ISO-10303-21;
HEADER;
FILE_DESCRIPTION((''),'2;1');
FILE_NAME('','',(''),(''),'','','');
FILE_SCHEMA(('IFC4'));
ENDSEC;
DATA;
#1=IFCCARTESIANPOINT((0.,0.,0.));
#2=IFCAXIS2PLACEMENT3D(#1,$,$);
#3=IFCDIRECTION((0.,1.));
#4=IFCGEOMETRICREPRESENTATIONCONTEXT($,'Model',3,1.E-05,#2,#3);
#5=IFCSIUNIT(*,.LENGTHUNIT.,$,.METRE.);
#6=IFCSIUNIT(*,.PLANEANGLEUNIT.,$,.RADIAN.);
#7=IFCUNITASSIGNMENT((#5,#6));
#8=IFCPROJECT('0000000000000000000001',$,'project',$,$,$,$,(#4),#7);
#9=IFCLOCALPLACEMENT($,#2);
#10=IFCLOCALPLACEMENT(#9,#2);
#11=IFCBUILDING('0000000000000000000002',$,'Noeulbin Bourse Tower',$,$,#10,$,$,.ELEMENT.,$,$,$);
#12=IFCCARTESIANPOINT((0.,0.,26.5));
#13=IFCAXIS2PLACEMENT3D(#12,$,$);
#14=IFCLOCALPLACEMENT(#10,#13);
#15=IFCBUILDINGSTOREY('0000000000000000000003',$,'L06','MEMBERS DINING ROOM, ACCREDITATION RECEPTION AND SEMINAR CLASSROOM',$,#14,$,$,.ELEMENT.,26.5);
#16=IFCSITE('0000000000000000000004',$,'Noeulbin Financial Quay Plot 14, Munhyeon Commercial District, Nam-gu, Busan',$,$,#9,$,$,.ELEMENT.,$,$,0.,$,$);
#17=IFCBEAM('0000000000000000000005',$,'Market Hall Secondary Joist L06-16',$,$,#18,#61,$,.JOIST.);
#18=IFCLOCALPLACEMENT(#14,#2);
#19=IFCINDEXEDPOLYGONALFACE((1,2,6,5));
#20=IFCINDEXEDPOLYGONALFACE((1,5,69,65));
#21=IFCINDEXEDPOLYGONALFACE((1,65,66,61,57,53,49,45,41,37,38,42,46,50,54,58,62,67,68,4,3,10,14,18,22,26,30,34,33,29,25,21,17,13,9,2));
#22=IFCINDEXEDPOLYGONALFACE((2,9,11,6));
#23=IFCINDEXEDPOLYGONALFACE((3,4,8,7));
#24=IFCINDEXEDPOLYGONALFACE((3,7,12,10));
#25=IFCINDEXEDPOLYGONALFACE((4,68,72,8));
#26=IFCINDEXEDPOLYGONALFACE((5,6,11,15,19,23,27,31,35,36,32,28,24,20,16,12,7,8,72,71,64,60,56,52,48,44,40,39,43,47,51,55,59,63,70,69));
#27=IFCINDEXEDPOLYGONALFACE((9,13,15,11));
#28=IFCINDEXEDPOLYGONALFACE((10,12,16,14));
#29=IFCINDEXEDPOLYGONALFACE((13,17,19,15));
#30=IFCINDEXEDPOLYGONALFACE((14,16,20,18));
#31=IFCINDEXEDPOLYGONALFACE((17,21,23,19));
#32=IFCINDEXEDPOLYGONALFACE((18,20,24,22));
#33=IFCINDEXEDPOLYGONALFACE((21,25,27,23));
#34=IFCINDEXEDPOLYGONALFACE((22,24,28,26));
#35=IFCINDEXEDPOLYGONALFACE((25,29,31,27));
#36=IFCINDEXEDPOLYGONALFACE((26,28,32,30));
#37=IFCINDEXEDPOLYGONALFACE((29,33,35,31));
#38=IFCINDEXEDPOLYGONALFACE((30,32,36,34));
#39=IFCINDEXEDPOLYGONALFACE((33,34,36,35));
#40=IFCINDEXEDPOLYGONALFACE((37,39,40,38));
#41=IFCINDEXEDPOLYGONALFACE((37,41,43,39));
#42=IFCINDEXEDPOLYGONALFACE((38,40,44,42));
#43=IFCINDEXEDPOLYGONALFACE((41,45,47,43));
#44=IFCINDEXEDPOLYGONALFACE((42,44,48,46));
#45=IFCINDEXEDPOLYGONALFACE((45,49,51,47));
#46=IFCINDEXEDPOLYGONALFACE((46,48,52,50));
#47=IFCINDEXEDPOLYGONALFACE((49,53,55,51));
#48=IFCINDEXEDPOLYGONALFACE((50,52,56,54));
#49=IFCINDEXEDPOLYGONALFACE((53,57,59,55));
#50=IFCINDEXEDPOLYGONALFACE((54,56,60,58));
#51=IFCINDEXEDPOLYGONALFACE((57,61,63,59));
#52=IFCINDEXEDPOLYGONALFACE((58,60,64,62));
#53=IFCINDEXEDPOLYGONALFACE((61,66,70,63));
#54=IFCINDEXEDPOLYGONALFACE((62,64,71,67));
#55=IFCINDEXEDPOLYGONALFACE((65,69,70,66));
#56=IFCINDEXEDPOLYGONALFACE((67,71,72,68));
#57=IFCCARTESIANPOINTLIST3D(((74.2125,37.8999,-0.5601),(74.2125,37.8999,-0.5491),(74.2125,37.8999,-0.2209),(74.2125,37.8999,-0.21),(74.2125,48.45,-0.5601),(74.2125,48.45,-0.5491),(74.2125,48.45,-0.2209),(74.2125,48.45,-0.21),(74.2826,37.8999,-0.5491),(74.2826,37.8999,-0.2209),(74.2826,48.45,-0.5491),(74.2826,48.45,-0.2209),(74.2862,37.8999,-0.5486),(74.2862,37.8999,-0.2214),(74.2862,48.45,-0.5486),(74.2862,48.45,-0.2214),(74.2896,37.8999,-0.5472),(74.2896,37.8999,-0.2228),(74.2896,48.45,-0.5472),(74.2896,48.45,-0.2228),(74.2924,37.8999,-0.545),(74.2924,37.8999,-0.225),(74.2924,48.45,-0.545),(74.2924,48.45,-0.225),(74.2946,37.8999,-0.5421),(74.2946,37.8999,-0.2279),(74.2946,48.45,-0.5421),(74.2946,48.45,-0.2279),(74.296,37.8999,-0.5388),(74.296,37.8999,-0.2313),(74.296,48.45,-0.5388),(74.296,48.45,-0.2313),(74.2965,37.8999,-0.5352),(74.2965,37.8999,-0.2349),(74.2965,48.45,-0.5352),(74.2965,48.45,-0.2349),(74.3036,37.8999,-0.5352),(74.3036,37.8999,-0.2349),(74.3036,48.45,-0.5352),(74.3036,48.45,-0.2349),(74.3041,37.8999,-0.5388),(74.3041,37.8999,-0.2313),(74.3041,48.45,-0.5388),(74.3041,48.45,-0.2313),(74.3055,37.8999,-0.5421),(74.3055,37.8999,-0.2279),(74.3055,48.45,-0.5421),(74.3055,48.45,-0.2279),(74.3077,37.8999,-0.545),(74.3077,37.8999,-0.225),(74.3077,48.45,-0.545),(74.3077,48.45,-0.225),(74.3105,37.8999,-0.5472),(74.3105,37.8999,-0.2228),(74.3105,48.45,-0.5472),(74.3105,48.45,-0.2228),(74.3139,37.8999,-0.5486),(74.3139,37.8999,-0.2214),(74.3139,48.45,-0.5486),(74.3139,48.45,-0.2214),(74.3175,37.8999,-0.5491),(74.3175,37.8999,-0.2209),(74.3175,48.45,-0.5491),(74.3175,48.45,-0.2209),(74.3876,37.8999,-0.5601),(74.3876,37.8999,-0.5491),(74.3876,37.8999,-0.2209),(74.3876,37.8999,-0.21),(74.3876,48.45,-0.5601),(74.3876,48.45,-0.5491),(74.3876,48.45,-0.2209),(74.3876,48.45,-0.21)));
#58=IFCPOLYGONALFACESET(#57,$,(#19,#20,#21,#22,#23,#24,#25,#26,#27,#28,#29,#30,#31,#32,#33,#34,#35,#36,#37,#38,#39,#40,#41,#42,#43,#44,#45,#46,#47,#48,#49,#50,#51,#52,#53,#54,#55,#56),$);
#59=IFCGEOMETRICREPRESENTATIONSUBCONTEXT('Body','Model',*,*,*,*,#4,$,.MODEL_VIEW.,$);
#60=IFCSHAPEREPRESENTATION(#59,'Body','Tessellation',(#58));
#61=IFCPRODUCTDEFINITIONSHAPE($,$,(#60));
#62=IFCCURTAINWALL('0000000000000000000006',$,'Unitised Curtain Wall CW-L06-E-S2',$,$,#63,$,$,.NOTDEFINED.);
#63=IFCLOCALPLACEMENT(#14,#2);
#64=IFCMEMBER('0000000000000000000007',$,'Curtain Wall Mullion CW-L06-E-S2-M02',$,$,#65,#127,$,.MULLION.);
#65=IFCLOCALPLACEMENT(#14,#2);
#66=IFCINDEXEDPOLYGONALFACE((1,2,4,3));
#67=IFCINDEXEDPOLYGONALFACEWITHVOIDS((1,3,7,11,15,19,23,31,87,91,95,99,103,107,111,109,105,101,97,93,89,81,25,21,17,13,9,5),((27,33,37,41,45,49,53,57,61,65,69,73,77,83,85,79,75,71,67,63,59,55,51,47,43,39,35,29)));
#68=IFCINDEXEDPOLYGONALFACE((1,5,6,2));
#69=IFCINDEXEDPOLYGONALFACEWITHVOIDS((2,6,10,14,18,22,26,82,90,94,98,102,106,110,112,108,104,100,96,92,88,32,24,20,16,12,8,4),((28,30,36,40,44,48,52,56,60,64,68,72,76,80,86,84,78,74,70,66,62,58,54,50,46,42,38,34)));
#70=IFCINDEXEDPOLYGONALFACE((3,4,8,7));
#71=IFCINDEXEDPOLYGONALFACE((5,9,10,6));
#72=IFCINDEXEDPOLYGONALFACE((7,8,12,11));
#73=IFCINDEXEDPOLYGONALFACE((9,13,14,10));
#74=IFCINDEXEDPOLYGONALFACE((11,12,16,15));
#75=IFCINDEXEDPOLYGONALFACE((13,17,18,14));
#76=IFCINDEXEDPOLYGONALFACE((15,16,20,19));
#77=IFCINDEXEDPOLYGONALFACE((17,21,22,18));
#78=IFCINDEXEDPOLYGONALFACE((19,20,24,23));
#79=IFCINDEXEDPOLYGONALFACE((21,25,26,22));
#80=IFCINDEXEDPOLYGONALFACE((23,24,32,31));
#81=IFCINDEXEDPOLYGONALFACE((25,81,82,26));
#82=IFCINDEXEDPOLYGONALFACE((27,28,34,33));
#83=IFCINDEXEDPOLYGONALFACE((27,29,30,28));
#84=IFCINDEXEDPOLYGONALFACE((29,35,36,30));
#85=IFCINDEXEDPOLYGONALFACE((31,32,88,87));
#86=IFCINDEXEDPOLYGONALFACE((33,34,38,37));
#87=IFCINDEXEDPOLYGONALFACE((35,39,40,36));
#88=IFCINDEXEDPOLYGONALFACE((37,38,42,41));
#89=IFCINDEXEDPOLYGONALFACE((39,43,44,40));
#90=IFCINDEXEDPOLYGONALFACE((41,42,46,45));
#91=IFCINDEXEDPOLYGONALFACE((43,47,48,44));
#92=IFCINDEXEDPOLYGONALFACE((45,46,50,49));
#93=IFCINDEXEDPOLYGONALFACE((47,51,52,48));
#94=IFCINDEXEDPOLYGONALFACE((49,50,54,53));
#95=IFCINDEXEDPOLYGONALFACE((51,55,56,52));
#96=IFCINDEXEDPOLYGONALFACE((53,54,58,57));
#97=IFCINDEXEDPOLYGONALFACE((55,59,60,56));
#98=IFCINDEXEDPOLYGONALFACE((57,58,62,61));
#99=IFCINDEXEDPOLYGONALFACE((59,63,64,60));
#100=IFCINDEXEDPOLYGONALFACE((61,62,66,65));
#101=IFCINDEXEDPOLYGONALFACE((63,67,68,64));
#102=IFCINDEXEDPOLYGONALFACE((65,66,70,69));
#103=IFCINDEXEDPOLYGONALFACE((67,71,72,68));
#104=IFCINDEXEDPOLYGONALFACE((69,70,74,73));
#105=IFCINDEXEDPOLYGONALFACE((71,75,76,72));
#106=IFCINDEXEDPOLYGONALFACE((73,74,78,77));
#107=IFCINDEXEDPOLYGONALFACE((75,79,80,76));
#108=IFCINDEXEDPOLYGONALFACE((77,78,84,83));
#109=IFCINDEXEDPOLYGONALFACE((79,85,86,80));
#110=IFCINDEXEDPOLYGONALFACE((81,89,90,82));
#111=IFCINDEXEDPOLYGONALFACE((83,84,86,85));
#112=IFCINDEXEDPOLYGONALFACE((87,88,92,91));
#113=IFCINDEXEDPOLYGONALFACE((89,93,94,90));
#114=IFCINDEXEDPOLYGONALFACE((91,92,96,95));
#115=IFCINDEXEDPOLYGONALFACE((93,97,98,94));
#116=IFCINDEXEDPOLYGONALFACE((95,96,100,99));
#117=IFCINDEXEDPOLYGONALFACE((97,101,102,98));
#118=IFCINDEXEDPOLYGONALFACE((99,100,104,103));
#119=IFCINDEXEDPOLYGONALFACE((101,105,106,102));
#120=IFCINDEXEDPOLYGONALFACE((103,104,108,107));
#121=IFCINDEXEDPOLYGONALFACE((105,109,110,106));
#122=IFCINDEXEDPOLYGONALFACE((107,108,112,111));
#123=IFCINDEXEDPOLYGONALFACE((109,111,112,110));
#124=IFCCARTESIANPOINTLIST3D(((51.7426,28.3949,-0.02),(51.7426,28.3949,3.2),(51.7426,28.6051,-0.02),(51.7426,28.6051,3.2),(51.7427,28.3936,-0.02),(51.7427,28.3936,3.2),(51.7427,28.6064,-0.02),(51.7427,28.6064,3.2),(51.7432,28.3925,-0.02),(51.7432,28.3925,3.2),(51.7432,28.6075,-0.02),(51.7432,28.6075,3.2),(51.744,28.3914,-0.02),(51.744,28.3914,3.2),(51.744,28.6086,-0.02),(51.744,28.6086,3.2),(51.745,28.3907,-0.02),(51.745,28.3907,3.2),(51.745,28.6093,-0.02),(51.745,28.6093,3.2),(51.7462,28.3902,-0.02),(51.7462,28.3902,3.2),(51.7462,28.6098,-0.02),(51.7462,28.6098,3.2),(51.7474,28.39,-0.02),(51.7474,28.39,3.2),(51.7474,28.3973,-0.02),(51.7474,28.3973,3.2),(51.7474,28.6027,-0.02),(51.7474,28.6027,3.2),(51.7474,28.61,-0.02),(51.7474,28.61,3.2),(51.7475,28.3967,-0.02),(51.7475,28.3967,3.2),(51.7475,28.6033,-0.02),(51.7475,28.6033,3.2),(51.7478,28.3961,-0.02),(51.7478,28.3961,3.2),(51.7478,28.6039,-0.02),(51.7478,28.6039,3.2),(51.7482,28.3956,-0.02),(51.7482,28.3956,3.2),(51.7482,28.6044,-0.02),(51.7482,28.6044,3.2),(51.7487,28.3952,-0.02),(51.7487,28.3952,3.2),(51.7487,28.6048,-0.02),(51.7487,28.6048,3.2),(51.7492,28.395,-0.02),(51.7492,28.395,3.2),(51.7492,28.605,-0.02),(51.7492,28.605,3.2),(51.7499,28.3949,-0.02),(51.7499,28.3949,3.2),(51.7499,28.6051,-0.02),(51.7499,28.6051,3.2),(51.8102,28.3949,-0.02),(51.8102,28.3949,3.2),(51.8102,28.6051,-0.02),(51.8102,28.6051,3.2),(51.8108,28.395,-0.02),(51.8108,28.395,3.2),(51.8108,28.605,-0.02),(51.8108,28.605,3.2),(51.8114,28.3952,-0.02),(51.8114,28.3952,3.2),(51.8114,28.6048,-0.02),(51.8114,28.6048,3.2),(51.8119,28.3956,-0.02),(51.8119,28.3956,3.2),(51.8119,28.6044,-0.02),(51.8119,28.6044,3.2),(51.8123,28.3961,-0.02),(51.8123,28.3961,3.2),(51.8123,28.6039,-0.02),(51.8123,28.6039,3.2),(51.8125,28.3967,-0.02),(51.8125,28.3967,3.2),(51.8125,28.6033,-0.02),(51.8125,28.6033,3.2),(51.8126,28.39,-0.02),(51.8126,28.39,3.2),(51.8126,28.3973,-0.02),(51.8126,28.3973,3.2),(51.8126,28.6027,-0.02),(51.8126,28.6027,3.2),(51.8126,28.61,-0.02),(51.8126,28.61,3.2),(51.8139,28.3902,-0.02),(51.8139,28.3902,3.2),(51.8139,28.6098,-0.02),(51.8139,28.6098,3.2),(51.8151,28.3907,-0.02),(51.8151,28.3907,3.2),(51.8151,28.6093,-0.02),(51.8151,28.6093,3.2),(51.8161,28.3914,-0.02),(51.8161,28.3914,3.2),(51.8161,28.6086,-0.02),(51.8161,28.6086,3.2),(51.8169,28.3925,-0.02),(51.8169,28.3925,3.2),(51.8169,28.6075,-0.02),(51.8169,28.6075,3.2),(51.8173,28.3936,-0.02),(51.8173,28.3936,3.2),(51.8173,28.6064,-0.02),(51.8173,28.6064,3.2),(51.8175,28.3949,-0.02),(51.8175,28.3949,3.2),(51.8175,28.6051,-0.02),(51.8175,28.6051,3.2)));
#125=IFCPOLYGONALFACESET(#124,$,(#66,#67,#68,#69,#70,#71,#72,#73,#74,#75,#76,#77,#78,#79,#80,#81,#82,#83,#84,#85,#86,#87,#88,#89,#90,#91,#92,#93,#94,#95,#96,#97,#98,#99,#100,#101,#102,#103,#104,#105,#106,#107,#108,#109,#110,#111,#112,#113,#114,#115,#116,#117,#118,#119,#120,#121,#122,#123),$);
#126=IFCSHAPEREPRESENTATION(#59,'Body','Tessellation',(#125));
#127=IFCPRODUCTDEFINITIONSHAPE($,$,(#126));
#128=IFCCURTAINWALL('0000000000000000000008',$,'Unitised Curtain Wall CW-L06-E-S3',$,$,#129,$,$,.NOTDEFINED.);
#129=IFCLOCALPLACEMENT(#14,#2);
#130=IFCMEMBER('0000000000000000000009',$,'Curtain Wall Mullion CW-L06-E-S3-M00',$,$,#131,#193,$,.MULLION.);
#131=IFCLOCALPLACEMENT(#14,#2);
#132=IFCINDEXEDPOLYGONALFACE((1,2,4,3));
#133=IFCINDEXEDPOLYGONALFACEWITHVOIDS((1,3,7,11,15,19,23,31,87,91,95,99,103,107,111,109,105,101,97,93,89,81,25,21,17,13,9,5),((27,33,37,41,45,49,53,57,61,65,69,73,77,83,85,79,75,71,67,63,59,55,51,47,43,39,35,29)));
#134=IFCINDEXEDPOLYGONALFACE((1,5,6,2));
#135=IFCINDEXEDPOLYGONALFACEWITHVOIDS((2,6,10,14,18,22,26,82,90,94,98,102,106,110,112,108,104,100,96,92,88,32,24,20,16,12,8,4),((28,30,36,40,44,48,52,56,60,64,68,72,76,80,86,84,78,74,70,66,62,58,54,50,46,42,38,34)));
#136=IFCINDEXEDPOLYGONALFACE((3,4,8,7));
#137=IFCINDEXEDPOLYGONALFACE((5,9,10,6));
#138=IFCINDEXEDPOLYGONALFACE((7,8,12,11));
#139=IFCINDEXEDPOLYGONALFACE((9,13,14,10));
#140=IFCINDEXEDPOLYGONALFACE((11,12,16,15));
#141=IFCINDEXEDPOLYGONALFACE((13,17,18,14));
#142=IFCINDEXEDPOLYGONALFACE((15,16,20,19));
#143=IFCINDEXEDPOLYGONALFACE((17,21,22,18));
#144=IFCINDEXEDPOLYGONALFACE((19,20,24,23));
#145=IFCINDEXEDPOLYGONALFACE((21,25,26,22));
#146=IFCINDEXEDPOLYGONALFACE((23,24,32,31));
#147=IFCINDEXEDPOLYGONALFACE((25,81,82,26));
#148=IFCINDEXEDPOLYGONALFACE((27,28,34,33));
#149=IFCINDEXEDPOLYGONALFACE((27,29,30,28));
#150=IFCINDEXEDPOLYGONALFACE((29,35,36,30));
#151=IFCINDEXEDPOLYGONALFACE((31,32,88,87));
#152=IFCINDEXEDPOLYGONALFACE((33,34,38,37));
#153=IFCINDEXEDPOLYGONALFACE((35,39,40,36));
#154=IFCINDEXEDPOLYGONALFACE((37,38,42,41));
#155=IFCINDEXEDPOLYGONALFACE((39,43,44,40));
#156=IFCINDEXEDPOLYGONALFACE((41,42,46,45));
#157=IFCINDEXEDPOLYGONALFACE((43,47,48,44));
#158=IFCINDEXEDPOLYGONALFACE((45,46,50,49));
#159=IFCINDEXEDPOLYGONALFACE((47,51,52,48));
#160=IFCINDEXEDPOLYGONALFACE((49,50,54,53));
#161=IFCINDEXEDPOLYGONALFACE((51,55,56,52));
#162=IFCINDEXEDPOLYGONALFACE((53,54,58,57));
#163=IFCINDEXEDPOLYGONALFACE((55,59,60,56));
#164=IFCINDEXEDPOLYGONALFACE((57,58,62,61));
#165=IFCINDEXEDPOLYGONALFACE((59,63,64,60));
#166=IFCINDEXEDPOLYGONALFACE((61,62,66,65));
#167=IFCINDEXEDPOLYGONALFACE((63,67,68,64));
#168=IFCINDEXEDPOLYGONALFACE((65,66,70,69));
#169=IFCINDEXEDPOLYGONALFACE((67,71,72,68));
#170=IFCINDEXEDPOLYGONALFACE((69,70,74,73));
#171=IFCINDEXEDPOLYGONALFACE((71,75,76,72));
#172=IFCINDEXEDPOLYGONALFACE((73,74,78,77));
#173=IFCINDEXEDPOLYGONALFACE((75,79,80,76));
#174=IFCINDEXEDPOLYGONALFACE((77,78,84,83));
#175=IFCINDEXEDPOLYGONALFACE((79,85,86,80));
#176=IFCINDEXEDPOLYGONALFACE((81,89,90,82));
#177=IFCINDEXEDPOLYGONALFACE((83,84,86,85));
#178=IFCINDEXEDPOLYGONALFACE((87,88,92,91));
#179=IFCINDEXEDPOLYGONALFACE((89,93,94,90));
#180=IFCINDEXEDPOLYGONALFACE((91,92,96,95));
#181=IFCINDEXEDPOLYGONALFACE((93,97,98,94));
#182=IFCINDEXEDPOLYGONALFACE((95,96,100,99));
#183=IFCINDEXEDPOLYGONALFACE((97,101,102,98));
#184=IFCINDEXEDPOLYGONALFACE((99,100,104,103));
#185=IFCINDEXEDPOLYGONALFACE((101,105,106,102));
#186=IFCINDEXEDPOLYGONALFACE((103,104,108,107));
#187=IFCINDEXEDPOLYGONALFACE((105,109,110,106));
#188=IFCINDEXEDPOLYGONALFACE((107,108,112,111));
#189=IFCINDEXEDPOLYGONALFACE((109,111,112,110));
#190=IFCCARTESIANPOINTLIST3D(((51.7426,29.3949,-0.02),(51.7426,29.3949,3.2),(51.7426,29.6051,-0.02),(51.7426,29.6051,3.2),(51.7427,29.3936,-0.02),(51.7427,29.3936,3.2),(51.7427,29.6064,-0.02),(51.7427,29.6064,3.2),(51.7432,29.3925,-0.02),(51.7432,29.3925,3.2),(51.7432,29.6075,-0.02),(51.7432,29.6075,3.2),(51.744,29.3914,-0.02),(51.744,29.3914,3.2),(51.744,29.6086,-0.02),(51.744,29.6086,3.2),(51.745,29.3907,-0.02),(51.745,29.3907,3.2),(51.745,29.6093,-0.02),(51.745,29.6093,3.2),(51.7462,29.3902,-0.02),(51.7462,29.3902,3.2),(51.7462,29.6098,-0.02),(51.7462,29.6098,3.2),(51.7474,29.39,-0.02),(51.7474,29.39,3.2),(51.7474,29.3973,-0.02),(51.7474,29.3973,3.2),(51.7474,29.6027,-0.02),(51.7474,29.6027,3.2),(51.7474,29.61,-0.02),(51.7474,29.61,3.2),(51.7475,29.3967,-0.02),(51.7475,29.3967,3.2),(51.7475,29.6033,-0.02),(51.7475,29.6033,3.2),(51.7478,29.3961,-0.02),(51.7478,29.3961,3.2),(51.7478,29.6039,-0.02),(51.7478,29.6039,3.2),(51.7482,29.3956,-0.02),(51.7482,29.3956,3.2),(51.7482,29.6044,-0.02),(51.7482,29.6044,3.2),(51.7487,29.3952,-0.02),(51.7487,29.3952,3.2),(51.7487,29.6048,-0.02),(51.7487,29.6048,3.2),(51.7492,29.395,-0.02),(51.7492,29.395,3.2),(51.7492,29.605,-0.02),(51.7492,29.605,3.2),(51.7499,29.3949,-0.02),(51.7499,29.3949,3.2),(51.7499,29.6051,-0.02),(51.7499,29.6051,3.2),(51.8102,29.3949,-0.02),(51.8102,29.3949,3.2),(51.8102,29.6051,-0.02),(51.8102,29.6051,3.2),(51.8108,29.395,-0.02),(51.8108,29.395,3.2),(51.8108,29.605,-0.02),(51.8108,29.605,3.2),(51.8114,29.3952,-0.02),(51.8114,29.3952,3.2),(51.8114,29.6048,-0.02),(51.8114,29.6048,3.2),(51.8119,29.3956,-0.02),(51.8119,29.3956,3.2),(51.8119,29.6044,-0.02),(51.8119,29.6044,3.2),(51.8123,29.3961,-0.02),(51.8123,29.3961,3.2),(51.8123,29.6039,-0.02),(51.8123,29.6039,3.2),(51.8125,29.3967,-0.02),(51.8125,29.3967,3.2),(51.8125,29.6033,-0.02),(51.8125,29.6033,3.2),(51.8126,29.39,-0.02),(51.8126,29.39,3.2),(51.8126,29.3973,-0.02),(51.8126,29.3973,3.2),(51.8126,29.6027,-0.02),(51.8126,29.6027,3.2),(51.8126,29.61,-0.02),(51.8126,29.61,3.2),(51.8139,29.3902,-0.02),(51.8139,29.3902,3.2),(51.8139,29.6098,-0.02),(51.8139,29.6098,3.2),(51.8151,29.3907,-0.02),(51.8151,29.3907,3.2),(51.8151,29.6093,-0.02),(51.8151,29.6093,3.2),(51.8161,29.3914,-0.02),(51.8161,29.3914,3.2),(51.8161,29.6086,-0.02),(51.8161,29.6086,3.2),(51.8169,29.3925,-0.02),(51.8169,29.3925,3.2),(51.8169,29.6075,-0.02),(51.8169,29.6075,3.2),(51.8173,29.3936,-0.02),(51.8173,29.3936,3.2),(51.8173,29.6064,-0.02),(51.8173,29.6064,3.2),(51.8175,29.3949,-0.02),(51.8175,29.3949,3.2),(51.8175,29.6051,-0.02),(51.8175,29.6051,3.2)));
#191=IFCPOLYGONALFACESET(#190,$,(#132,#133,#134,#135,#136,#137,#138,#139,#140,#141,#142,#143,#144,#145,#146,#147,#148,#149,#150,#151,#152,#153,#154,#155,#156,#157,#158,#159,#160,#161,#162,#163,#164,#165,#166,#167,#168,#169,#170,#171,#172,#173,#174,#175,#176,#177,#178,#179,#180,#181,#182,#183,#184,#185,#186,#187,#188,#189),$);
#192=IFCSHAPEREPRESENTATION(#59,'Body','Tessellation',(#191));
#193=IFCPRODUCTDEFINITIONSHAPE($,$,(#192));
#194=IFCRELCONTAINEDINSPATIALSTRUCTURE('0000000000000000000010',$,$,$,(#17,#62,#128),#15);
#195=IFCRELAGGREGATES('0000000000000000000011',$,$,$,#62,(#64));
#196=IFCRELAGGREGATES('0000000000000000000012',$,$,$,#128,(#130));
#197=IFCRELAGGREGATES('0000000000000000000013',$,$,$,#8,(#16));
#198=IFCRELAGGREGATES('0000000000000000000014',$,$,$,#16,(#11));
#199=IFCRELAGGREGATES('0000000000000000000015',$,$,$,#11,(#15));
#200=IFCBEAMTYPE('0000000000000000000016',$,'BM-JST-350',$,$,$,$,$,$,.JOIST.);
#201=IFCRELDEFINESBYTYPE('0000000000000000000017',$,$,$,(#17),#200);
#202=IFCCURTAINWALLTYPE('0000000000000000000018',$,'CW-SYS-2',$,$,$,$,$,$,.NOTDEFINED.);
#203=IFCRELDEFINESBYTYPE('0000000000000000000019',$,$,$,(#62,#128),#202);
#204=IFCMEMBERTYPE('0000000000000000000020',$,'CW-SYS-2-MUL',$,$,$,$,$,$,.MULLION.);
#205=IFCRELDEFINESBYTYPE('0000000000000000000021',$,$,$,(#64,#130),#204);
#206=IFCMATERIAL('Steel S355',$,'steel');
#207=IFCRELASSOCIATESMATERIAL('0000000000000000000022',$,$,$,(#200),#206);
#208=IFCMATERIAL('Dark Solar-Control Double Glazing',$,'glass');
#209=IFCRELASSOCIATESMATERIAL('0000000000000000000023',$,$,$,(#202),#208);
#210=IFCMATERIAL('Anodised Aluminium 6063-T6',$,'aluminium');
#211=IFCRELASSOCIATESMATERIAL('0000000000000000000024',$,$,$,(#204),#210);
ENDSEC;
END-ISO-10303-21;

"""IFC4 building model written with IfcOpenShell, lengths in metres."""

from ifc_helpers import new_model, si_unit, direction, frame, origin, origin_2d, place, context, subcontext, project, spatial, hollow_rectangle, i_section, extrude, material, material_profile, profile_set, type_object, element, aggregate, save


model = new_model("IFC4")

# Units and contexts
model_context = context("Model", 3, precision=1e-05, world=origin(), true_north=direction((0.0, 1.0)))
body_context = subcontext(model_context, "Body", "Model", "MODEL_VIEW")
ifc_project = project(units=[si_unit("LENGTHUNIT", "METRE"), si_unit("PLANEANGLEUNIT", "RADIAN")], contexts=[model_context])

# Site, building, storey
site_placement = place(None, origin())
site = spatial("IfcSite", under=ifc_project, at=site_placement, Name="Noeulbin Financial Quay Plot 14, Munhyeon Commercial District, Nam-gu, Busan", CompositionType="ELEMENT", RefElevation=0.0)
building_placement = place(site_placement, origin())
building = spatial("IfcBuilding", under=site, at=building_placement, Name="Noeulbin Bourse Tower", CompositionType="ELEMENT")
storey_placement = place(building_placement, frame((0.0, 0.0, 26.5)))
storey = spatial("IfcBuildingStorey", under=building, at=storey_placement, Name="L06", Description="MEMBERS DINING ROOM, ACCREDITATION RECEPTION AND SEMINAR CLASSROOM", CompositionType="ELEMENT", Elevation=26.5)

# Beam
ifc_material_1 = material(Name="Steel S355", Category="steel")
ifc_material_profile_1 = material_profile(ifc_material_1, i_section(OverallWidth=0.175, OverallDepth=0.3501, WebThickness=0.0071, FlangeThickness=0.011, FilletRadius=0.0139, at=origin_2d()), Name="H-350x175x7x11", Category="LoadBearing")
ifc_profile_set_1 = profile_set([ifc_material_profile_1], Name="Steel S355")
beam_type_1 = type_object("IfcBeamType", Name="BM-JST-350", PredefinedType="JOIST", material=ifc_profile_set_1)
beam_1_placement = place(storey_placement, frame((74.3, 37.8999, -0.385), z_axis=(0.0, 1.0, 0.0), x_axis=(-1.0, 0.0, 0.0)))
element("IfcBeam", 1, at=beam_1_placement, inside=storey, type_object=beam_type_1, Name="Market Hall Secondary Joist L06-16", PredefinedType="JOIST", context=body_context, shape_type="SweptSolid", body=[
    extrude(i_section(OverallWidth=0.175, OverallDepth=0.3501, WebThickness=0.0071, FlangeThickness=0.011, FilletRadius=0.0139, at=origin_2d()), origin(), (0.0, 0.0, 1.0), 10.55),
])

# Curtain wall, member
ifc_material_2 = material(Name="Dark Solar-Control Double Glazing", Category="glass")
curtain_wall_type = type_object("IfcCurtainWallType", Name="CW-SYS-2", PredefinedType="NOTDEFINED", material=ifc_material_2)
curtain_wall_1_placement = place(storey_placement, origin())
curtain_wall_1 = element("IfcCurtainWall", 2, at=curtain_wall_1_placement, inside=storey, type_object=curtain_wall_type, Name="Unitised Curtain Wall CW-L06-E-S2", PredefinedType="NOTDEFINED")
ifc_material_3 = material(Name="Anodised Aluminium 6063-T6", Category="aluminium")
ifc_material_profile_2 = material_profile(ifc_material_3, hollow_rectangle(XDim=0.075, YDim=0.22, WallThickness=0.0049, InnerFilletRadius=0.0024, OuterFilletRadius=0.0049, at=origin_2d()), Name="ALU-MULL-75x220x5", Category="LoadBearing")
ifc_profile_set_2 = profile_set([ifc_material_profile_2], Name="Anodised Aluminium 6063-T6")
member_type_1 = type_object("IfcMemberType", Name="CW-SYS-2-MUL", PredefinedType="MULLION", material=ifc_profile_set_2)
member_1_placement = place(storey_placement, frame((51.78, 28.5, -0.02), z_axis=(0.0, 0.0, 1.0), x_axis=(1.0, 0.0, 0.0)))
member_1 = element("IfcMember", 3, at=member_1_placement, type_object=member_type_1, Name="Curtain Wall Mullion CW-L06-E-S2-M02", PredefinedType="MULLION", context=body_context, shape_type="SweptSolid", body=[
    extrude(hollow_rectangle(XDim=0.075, YDim=0.22, WallThickness=0.0049, InnerFilletRadius=0.0024, OuterFilletRadius=0.0049, at=origin_2d()), origin(), (0.0, 0.0, 1.0), 3.22),
])
aggregate(curtain_wall_1, [member_1])

# Curtain wall, member
curtain_wall_2_placement = place(storey_placement, origin())
curtain_wall_2 = element("IfcCurtainWall", 4, at=curtain_wall_2_placement, inside=storey, type_object=curtain_wall_type, Name="Unitised Curtain Wall CW-L06-E-S3", PredefinedType="NOTDEFINED")
member_2_placement = place(storey_placement, frame((51.78, 29.5, -0.02), z_axis=(0.0, 0.0, 1.0), x_axis=(1.0, 0.0, 0.0)))
member_2 = element("IfcMember", 5, at=member_2_placement, type_object=member_type_1, Name="Curtain Wall Mullion CW-L06-E-S3-M00", PredefinedType="MULLION", context=body_context, shape_type="SweptSolid", body=[
    extrude(hollow_rectangle(XDim=0.075, YDim=0.22, WallThickness=0.0049, InnerFilletRadius=0.0024, OuterFilletRadius=0.0049, at=origin_2d()), origin(), (0.0, 0.0, 1.0), 3.22),
])

aggregate(curtain_wall_2, [member_2])

save(model, "model.ifc")
